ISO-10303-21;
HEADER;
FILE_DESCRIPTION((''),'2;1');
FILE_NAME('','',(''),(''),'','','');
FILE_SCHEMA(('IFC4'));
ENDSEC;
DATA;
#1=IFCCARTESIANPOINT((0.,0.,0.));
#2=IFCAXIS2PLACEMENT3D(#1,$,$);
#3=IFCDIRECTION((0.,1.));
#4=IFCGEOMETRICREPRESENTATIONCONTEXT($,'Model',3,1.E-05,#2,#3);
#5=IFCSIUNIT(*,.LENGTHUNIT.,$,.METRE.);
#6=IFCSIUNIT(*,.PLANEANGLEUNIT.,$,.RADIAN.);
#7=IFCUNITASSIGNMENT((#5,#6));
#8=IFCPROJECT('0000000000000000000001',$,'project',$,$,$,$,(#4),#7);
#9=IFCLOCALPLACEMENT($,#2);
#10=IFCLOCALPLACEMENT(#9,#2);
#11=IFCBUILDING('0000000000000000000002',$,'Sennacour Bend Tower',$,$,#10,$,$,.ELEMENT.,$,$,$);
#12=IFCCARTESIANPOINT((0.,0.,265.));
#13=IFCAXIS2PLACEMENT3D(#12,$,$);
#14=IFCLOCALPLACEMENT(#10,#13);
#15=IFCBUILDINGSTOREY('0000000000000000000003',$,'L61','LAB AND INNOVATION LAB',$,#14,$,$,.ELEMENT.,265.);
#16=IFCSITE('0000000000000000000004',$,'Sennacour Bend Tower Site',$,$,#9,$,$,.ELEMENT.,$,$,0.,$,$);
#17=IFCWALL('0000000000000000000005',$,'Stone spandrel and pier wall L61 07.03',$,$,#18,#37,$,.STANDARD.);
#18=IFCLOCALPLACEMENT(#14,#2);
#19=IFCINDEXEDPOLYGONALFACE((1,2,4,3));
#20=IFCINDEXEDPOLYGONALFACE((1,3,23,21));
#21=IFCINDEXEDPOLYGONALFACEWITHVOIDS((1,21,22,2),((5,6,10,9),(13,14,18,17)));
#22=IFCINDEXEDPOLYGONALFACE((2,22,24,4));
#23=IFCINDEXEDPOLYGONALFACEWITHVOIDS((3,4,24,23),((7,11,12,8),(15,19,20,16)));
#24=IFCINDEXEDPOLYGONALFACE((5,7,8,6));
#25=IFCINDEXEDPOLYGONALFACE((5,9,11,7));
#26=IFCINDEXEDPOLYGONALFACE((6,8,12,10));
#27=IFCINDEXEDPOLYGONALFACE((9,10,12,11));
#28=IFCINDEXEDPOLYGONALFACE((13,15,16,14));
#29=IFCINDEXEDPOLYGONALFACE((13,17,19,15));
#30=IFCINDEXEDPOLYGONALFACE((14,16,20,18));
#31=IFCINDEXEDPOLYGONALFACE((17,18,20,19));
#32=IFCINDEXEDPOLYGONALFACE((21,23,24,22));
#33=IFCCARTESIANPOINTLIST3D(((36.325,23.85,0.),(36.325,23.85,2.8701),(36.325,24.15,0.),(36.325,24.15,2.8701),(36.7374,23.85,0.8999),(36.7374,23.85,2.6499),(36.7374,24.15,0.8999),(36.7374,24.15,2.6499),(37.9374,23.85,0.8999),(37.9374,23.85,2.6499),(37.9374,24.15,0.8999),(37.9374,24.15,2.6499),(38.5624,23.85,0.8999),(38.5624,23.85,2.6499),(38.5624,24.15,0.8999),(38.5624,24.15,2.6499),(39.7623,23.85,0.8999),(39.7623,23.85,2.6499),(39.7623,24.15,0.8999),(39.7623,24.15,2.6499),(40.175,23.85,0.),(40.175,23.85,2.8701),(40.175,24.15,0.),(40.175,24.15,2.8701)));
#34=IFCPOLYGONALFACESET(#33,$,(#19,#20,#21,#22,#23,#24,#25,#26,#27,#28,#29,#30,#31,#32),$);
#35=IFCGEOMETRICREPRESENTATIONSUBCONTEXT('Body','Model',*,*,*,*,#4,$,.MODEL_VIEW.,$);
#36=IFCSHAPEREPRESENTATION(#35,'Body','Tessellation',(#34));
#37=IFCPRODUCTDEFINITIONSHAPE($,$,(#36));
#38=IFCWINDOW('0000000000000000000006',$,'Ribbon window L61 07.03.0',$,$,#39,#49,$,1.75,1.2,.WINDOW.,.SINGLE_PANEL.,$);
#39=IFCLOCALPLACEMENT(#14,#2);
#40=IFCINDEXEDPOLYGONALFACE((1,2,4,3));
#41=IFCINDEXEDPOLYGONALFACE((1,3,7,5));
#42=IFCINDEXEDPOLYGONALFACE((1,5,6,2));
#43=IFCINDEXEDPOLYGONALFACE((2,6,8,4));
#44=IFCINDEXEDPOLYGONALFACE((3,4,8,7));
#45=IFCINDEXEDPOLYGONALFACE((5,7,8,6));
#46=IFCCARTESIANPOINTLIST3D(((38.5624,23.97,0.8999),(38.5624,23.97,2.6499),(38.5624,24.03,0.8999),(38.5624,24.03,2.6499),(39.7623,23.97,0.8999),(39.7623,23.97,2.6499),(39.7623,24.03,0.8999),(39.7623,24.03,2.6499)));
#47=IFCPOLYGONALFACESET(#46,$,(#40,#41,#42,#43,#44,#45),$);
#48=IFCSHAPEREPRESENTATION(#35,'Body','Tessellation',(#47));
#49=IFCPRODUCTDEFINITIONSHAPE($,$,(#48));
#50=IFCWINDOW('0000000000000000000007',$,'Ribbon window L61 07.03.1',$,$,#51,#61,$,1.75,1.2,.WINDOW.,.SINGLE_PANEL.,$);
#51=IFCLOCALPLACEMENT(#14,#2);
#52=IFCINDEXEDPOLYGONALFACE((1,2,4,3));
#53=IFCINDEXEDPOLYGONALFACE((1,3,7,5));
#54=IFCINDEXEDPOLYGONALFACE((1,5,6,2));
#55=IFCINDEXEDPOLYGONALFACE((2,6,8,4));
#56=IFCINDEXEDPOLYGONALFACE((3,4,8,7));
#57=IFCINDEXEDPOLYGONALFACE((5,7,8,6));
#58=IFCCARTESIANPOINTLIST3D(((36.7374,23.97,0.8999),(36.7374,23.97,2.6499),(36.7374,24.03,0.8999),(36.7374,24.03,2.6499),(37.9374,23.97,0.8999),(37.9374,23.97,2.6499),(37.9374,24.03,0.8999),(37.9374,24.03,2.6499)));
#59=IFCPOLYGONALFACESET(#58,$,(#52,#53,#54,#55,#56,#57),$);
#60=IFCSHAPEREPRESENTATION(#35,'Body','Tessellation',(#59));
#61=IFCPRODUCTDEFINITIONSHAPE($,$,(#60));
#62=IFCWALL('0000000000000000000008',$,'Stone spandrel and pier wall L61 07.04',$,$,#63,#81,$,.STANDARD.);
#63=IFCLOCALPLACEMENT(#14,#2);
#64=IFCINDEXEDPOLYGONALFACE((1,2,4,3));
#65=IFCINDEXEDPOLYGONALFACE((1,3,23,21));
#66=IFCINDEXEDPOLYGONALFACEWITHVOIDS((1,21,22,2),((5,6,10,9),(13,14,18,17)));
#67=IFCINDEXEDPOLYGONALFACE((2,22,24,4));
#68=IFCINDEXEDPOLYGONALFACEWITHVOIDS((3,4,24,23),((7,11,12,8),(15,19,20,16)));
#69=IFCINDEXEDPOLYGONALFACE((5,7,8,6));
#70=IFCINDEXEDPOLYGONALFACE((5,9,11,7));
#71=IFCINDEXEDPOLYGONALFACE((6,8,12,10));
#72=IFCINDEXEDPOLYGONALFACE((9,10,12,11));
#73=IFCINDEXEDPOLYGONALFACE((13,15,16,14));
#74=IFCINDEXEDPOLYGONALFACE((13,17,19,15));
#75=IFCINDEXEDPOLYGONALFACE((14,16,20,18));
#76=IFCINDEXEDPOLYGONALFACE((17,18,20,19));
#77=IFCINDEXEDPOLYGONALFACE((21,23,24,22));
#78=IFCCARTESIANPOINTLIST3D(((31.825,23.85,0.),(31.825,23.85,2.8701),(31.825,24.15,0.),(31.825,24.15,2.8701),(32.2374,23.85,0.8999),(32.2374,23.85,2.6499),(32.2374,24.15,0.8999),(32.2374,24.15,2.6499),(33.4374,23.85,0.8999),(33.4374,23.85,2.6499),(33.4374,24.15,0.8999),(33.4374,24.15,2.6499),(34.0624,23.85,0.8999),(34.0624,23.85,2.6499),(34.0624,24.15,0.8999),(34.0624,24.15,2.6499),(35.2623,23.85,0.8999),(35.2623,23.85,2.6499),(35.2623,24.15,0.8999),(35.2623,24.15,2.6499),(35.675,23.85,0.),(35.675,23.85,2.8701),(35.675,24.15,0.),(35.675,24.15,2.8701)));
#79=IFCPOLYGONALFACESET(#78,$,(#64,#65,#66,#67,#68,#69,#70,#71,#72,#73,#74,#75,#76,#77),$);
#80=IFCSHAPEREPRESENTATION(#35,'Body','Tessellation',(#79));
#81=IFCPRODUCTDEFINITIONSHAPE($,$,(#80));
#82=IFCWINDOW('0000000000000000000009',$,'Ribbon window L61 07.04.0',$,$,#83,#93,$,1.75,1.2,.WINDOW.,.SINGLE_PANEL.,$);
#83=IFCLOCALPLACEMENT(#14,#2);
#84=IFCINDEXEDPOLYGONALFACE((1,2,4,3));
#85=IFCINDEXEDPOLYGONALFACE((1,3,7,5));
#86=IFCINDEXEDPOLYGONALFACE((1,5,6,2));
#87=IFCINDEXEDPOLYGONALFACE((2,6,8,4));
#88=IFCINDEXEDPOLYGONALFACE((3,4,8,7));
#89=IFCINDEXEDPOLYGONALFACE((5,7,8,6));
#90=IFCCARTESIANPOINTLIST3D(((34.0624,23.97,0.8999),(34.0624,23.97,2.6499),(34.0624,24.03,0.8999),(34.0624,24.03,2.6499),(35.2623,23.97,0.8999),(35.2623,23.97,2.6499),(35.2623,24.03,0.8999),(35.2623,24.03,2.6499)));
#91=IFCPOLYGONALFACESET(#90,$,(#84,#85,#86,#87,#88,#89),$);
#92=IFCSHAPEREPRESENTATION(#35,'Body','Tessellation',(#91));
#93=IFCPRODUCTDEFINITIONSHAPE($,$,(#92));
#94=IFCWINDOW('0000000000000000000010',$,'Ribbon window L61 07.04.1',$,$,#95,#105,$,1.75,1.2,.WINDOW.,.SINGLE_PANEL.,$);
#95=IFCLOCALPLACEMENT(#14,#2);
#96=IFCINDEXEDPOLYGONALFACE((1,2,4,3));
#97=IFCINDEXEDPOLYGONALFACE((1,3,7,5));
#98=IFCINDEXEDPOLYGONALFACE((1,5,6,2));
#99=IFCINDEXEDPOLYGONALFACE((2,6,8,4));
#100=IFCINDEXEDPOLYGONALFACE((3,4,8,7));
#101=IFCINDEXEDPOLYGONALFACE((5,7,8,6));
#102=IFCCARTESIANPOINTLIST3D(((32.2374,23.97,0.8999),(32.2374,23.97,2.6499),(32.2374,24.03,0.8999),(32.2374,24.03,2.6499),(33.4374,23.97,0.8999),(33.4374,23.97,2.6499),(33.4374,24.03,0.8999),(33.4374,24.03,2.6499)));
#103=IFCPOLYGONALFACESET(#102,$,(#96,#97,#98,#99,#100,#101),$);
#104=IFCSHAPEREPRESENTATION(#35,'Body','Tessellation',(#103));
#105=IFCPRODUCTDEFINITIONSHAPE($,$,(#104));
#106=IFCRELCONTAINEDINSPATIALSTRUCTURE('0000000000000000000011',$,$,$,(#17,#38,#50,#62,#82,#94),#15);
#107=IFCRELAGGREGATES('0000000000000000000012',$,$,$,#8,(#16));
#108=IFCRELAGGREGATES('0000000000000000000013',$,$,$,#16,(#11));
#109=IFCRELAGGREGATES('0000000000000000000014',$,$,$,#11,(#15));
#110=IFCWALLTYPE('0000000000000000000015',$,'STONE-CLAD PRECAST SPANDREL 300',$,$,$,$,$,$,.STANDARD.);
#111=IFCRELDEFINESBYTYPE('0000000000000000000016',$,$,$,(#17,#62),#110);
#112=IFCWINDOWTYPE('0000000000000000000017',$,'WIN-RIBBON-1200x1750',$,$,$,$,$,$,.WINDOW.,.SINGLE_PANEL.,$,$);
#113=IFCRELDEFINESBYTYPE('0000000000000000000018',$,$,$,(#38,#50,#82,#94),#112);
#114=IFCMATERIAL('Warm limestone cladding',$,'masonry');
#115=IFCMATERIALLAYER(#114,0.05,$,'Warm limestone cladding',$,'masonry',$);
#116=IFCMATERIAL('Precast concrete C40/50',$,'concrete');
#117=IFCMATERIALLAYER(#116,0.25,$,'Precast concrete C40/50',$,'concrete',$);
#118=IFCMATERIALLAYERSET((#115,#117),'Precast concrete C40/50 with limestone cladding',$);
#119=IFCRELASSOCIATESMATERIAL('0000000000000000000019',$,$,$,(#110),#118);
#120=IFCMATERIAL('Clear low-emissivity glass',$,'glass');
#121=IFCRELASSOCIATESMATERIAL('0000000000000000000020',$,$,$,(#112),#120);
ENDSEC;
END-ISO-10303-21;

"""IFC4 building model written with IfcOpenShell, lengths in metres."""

from ifc_helpers import new_model, si_unit, direction, frame, frame_2d, origin, place, context, subcontext, project, spatial, rectangle, extrude, material, layer, layer_set, type_object, element, fill, save


model = new_model("IFC4")

# Units and contexts
model_context = context("Model", 3, precision=1e-05, world=origin(), true_north=direction((0.0, 1.0)))
body_context = subcontext(model_context, "Body", "Model", "MODEL_VIEW")
ifc_project = project(units=[si_unit("LENGTHUNIT", "METRE"), si_unit("PLANEANGLEUNIT", "RADIAN")], contexts=[model_context])

# Site, building, storey
site_placement = place(None, origin())
site = spatial("IfcSite", under=ifc_project, at=site_placement, Name="Sennacour Bend Tower Site", CompositionType="ELEMENT", RefElevation=0.0)
building_placement = place(site_placement, origin())
building = spatial("IfcBuilding", under=site, at=building_placement, Name="Sennacour Bend Tower", CompositionType="ELEMENT")
storey_placement = place(building_placement, frame((0.0, 0.0, 265.0)))
storey = spatial("IfcBuildingStorey", under=building, at=storey_placement, Name="L61", Description="LAB AND INNOVATION LAB", CompositionType="ELEMENT", Elevation=265.0)

# Walls, openings, windows
ifc_material_1 = material(Name="Warm limestone cladding", Category="masonry")
ifc_layer_1 = layer(ifc_material_1, 0.05, Name="Warm limestone cladding", Category="masonry")
ifc_material_2 = material(Name="Precast concrete C40/50", Category="concrete")
ifc_layer_2 = layer(ifc_material_2, 0.25, Name="Precast concrete C40/50", Category="concrete")
ifc_layer_set_1 = layer_set([ifc_layer_1, ifc_layer_2], Name="Precast concrete C40/50 with limestone cladding")
wall_type_1 = type_object("IfcWallType", Name="STONE-CLAD PRECAST SPANDREL 300", PredefinedType="STANDARD", material=ifc_layer_set_1)
ifc_material_3 = material(Name="Clear low-emissivity glass", Category="glass")
window_type = type_object("IfcWindowType", Name="WIN-RIBBON-1200x1750", PartitioningType="SINGLE_PANEL", PredefinedType="WINDOW", material=ifc_material_3)
wall_1_placement = place(storey_placement, frame((40.175, 24.0, 0.0), z_axis=(0.0, 0.0, 1.0), x_axis=(-1.0, 0.0, 0.0)))
wall_1 = element("IfcWall", 1, at=wall_1_placement, inside=storey, type_object=wall_type_1, Name="Stone spandrel and pier wall L61 07.03", PredefinedType="STANDARD", context=body_context, shape_type="SweptSolid", body=[
    extrude(rectangle(XDim=3.8501, YDim=0.3, at=frame_2d((1.925, 0.0))), origin(), (0.0, 0.0, 1.0), 2.8701),
])
opening_1_placement = place(wall_1_placement, frame((0.4126, 0.0, 0.8999)))
opening_1 = element("IfcOpeningElement", 2, at=opening_1_placement, cuts=wall_1, PredefinedType="OPENING", context=body_context, shape_type="SweptSolid", body=[
    extrude(rectangle(XDim=1.2, YDim=1.75, at=frame_2d((0.6001, 0.875))), frame((0.0, 0.1602, 0.0), z_axis=(0.0, -1.0, 0.0), x_axis=(1.0, 0.0, 0.0)), (0.0, 0.0, 1.0), 0.3201),
])
opening_2_placement = place(wall_1_placement, frame((2.2375, 0.0, 0.8999)))
opening_2 = element("IfcOpeningElement", 3, at=opening_2_placement, cuts=wall_1, PredefinedType="OPENING", context=body_context, shape_type="SweptSolid", body=[
    extrude(rectangle(XDim=1.2, YDim=1.75, at=frame_2d((0.6001, 0.875))), frame((0.0, 0.1602, 0.0), z_axis=(0.0, -1.0, 0.0), x_axis=(1.0, 0.0, 0.0)), (0.0, 0.0, 1.0), 0.3201),
])
window_1_placement = place(opening_1_placement, origin())
window_1 = element("IfcWindow", 4, at=window_1_placement, inside=storey, type_object=window_type, Name="Ribbon window L61 07.03.0", OverallHeight=1.75, OverallWidth=1.2, PartitioningType="SINGLE_PANEL", PredefinedType="WINDOW", context=body_context, shape_type="SweptSolid", body=[
    extrude(rectangle(XDim=1.2, YDim=1.75, at=frame_2d((0.6001, 0.875))), frame((0.0, 0.03, 0.0), z_axis=(0.0, -1.0, 0.0), x_axis=(1.0, 0.0, 0.0)), (0.0, 0.0, 1.0), 0.0601),
])
fill(opening_1, window_1)
window_2_placement = place(opening_2_placement, origin())
window_2 = element("IfcWindow", 5, at=window_2_placement, inside=storey, type_object=window_type, Name="Ribbon window L61 07.03.1", OverallHeight=1.75, OverallWidth=1.2, PartitioningType="SINGLE_PANEL", PredefinedType="WINDOW", context=body_context, shape_type="SweptSolid", body=[
    extrude(rectangle(XDim=1.2, YDim=1.75, at=frame_2d((0.6001, 0.875))), frame((0.0, 0.03, 0.0), z_axis=(0.0, -1.0, 0.0), x_axis=(1.0, 0.0, 0.0)), (0.0, 0.0, 1.0), 0.0601),
])
fill(opening_2, window_2)
wall_2_placement = place(storey_placement, frame((35.675, 24.0, 0.0), z_axis=(0.0, 0.0, 1.0), x_axis=(-1.0, 0.0, 0.0)))
wall_2 = element("IfcWall", 6, at=wall_2_placement, inside=storey, type_object=wall_type_1, Name="Stone spandrel and pier wall L61 07.04", PredefinedType="STANDARD", context=body_context, shape_type="SweptSolid", body=[
    extrude(rectangle(XDim=3.8501, YDim=0.3, at=frame_2d((1.925, 0.0))), origin(), (0.0, 0.0, 1.0), 2.8701),
])
opening_3_placement = place(wall_2_placement, frame((0.4126, 0.0, 0.8999)))
opening_3 = element("IfcOpeningElement", 7, at=opening_3_placement, cuts=wall_2, PredefinedType="OPENING", context=body_context, shape_type="SweptSolid", body=[
    extrude(rectangle(XDim=1.2, YDim=1.75, at=frame_2d((0.6001, 0.875))), frame((0.0, 0.1602, 0.0), z_axis=(0.0, -1.0, 0.0), x_axis=(1.0, 0.0, 0.0)), (0.0, 0.0, 1.0), 0.3201),
])
opening_4_placement = place(wall_2_placement, frame((2.2375, 0.0, 0.8999)))
opening_4 = element("IfcOpeningElement", 8, at=opening_4_placement, cuts=wall_2, PredefinedType="OPENING", context=body_context, shape_type="SweptSolid", body=[
    extrude(rectangle(XDim=1.2, YDim=1.75, at=frame_2d((0.6001, 0.875))), frame((0.0, 0.1602, 0.0), z_axis=(0.0, -1.0, 0.0), x_axis=(1.0, 0.0, 0.0)), (0.0, 0.0, 1.0), 0.3201),
])
window_3_placement = place(opening_3_placement, origin())
window_3 = element("IfcWindow", 9, at=window_3_placement, inside=storey, type_object=window_type, Name="Ribbon window L61 07.04.0", OverallHeight=1.75, OverallWidth=1.2, PartitioningType="SINGLE_PANEL", PredefinedType="WINDOW", context=body_context, shape_type="SweptSolid", body=[
    extrude(rectangle(XDim=1.2, YDim=1.75, at=frame_2d((0.6001, 0.875))), frame((0.0, 0.03, 0.0), z_axis=(0.0, -1.0, 0.0), x_axis=(1.0, 0.0, 0.0)), (0.0, 0.0, 1.0), 0.0601),
])
fill(opening_3, window_3)
window_4_placement = place(opening_4_placement, origin())
window_4 = element("IfcWindow", 10, at=window_4_placement, inside=storey, type_object=window_type, Name="Ribbon window L61 07.04.1", OverallHeight=1.75, OverallWidth=1.2, PartitioningType="SINGLE_PANEL", PredefinedType="WINDOW", context=body_context, shape_type="SweptSolid", body=[
    extrude(rectangle(XDim=1.2, YDim=1.75, at=frame_2d((0.6001, 0.875))), frame((0.0, 0.03, 0.0), z_axis=(0.0, -1.0, 0.0), x_axis=(1.0, 0.0, 0.0)), (0.0, 0.0, 1.0), 0.0601),
])
fill(opening_4, window_4)

save(model, "model.ifc")
